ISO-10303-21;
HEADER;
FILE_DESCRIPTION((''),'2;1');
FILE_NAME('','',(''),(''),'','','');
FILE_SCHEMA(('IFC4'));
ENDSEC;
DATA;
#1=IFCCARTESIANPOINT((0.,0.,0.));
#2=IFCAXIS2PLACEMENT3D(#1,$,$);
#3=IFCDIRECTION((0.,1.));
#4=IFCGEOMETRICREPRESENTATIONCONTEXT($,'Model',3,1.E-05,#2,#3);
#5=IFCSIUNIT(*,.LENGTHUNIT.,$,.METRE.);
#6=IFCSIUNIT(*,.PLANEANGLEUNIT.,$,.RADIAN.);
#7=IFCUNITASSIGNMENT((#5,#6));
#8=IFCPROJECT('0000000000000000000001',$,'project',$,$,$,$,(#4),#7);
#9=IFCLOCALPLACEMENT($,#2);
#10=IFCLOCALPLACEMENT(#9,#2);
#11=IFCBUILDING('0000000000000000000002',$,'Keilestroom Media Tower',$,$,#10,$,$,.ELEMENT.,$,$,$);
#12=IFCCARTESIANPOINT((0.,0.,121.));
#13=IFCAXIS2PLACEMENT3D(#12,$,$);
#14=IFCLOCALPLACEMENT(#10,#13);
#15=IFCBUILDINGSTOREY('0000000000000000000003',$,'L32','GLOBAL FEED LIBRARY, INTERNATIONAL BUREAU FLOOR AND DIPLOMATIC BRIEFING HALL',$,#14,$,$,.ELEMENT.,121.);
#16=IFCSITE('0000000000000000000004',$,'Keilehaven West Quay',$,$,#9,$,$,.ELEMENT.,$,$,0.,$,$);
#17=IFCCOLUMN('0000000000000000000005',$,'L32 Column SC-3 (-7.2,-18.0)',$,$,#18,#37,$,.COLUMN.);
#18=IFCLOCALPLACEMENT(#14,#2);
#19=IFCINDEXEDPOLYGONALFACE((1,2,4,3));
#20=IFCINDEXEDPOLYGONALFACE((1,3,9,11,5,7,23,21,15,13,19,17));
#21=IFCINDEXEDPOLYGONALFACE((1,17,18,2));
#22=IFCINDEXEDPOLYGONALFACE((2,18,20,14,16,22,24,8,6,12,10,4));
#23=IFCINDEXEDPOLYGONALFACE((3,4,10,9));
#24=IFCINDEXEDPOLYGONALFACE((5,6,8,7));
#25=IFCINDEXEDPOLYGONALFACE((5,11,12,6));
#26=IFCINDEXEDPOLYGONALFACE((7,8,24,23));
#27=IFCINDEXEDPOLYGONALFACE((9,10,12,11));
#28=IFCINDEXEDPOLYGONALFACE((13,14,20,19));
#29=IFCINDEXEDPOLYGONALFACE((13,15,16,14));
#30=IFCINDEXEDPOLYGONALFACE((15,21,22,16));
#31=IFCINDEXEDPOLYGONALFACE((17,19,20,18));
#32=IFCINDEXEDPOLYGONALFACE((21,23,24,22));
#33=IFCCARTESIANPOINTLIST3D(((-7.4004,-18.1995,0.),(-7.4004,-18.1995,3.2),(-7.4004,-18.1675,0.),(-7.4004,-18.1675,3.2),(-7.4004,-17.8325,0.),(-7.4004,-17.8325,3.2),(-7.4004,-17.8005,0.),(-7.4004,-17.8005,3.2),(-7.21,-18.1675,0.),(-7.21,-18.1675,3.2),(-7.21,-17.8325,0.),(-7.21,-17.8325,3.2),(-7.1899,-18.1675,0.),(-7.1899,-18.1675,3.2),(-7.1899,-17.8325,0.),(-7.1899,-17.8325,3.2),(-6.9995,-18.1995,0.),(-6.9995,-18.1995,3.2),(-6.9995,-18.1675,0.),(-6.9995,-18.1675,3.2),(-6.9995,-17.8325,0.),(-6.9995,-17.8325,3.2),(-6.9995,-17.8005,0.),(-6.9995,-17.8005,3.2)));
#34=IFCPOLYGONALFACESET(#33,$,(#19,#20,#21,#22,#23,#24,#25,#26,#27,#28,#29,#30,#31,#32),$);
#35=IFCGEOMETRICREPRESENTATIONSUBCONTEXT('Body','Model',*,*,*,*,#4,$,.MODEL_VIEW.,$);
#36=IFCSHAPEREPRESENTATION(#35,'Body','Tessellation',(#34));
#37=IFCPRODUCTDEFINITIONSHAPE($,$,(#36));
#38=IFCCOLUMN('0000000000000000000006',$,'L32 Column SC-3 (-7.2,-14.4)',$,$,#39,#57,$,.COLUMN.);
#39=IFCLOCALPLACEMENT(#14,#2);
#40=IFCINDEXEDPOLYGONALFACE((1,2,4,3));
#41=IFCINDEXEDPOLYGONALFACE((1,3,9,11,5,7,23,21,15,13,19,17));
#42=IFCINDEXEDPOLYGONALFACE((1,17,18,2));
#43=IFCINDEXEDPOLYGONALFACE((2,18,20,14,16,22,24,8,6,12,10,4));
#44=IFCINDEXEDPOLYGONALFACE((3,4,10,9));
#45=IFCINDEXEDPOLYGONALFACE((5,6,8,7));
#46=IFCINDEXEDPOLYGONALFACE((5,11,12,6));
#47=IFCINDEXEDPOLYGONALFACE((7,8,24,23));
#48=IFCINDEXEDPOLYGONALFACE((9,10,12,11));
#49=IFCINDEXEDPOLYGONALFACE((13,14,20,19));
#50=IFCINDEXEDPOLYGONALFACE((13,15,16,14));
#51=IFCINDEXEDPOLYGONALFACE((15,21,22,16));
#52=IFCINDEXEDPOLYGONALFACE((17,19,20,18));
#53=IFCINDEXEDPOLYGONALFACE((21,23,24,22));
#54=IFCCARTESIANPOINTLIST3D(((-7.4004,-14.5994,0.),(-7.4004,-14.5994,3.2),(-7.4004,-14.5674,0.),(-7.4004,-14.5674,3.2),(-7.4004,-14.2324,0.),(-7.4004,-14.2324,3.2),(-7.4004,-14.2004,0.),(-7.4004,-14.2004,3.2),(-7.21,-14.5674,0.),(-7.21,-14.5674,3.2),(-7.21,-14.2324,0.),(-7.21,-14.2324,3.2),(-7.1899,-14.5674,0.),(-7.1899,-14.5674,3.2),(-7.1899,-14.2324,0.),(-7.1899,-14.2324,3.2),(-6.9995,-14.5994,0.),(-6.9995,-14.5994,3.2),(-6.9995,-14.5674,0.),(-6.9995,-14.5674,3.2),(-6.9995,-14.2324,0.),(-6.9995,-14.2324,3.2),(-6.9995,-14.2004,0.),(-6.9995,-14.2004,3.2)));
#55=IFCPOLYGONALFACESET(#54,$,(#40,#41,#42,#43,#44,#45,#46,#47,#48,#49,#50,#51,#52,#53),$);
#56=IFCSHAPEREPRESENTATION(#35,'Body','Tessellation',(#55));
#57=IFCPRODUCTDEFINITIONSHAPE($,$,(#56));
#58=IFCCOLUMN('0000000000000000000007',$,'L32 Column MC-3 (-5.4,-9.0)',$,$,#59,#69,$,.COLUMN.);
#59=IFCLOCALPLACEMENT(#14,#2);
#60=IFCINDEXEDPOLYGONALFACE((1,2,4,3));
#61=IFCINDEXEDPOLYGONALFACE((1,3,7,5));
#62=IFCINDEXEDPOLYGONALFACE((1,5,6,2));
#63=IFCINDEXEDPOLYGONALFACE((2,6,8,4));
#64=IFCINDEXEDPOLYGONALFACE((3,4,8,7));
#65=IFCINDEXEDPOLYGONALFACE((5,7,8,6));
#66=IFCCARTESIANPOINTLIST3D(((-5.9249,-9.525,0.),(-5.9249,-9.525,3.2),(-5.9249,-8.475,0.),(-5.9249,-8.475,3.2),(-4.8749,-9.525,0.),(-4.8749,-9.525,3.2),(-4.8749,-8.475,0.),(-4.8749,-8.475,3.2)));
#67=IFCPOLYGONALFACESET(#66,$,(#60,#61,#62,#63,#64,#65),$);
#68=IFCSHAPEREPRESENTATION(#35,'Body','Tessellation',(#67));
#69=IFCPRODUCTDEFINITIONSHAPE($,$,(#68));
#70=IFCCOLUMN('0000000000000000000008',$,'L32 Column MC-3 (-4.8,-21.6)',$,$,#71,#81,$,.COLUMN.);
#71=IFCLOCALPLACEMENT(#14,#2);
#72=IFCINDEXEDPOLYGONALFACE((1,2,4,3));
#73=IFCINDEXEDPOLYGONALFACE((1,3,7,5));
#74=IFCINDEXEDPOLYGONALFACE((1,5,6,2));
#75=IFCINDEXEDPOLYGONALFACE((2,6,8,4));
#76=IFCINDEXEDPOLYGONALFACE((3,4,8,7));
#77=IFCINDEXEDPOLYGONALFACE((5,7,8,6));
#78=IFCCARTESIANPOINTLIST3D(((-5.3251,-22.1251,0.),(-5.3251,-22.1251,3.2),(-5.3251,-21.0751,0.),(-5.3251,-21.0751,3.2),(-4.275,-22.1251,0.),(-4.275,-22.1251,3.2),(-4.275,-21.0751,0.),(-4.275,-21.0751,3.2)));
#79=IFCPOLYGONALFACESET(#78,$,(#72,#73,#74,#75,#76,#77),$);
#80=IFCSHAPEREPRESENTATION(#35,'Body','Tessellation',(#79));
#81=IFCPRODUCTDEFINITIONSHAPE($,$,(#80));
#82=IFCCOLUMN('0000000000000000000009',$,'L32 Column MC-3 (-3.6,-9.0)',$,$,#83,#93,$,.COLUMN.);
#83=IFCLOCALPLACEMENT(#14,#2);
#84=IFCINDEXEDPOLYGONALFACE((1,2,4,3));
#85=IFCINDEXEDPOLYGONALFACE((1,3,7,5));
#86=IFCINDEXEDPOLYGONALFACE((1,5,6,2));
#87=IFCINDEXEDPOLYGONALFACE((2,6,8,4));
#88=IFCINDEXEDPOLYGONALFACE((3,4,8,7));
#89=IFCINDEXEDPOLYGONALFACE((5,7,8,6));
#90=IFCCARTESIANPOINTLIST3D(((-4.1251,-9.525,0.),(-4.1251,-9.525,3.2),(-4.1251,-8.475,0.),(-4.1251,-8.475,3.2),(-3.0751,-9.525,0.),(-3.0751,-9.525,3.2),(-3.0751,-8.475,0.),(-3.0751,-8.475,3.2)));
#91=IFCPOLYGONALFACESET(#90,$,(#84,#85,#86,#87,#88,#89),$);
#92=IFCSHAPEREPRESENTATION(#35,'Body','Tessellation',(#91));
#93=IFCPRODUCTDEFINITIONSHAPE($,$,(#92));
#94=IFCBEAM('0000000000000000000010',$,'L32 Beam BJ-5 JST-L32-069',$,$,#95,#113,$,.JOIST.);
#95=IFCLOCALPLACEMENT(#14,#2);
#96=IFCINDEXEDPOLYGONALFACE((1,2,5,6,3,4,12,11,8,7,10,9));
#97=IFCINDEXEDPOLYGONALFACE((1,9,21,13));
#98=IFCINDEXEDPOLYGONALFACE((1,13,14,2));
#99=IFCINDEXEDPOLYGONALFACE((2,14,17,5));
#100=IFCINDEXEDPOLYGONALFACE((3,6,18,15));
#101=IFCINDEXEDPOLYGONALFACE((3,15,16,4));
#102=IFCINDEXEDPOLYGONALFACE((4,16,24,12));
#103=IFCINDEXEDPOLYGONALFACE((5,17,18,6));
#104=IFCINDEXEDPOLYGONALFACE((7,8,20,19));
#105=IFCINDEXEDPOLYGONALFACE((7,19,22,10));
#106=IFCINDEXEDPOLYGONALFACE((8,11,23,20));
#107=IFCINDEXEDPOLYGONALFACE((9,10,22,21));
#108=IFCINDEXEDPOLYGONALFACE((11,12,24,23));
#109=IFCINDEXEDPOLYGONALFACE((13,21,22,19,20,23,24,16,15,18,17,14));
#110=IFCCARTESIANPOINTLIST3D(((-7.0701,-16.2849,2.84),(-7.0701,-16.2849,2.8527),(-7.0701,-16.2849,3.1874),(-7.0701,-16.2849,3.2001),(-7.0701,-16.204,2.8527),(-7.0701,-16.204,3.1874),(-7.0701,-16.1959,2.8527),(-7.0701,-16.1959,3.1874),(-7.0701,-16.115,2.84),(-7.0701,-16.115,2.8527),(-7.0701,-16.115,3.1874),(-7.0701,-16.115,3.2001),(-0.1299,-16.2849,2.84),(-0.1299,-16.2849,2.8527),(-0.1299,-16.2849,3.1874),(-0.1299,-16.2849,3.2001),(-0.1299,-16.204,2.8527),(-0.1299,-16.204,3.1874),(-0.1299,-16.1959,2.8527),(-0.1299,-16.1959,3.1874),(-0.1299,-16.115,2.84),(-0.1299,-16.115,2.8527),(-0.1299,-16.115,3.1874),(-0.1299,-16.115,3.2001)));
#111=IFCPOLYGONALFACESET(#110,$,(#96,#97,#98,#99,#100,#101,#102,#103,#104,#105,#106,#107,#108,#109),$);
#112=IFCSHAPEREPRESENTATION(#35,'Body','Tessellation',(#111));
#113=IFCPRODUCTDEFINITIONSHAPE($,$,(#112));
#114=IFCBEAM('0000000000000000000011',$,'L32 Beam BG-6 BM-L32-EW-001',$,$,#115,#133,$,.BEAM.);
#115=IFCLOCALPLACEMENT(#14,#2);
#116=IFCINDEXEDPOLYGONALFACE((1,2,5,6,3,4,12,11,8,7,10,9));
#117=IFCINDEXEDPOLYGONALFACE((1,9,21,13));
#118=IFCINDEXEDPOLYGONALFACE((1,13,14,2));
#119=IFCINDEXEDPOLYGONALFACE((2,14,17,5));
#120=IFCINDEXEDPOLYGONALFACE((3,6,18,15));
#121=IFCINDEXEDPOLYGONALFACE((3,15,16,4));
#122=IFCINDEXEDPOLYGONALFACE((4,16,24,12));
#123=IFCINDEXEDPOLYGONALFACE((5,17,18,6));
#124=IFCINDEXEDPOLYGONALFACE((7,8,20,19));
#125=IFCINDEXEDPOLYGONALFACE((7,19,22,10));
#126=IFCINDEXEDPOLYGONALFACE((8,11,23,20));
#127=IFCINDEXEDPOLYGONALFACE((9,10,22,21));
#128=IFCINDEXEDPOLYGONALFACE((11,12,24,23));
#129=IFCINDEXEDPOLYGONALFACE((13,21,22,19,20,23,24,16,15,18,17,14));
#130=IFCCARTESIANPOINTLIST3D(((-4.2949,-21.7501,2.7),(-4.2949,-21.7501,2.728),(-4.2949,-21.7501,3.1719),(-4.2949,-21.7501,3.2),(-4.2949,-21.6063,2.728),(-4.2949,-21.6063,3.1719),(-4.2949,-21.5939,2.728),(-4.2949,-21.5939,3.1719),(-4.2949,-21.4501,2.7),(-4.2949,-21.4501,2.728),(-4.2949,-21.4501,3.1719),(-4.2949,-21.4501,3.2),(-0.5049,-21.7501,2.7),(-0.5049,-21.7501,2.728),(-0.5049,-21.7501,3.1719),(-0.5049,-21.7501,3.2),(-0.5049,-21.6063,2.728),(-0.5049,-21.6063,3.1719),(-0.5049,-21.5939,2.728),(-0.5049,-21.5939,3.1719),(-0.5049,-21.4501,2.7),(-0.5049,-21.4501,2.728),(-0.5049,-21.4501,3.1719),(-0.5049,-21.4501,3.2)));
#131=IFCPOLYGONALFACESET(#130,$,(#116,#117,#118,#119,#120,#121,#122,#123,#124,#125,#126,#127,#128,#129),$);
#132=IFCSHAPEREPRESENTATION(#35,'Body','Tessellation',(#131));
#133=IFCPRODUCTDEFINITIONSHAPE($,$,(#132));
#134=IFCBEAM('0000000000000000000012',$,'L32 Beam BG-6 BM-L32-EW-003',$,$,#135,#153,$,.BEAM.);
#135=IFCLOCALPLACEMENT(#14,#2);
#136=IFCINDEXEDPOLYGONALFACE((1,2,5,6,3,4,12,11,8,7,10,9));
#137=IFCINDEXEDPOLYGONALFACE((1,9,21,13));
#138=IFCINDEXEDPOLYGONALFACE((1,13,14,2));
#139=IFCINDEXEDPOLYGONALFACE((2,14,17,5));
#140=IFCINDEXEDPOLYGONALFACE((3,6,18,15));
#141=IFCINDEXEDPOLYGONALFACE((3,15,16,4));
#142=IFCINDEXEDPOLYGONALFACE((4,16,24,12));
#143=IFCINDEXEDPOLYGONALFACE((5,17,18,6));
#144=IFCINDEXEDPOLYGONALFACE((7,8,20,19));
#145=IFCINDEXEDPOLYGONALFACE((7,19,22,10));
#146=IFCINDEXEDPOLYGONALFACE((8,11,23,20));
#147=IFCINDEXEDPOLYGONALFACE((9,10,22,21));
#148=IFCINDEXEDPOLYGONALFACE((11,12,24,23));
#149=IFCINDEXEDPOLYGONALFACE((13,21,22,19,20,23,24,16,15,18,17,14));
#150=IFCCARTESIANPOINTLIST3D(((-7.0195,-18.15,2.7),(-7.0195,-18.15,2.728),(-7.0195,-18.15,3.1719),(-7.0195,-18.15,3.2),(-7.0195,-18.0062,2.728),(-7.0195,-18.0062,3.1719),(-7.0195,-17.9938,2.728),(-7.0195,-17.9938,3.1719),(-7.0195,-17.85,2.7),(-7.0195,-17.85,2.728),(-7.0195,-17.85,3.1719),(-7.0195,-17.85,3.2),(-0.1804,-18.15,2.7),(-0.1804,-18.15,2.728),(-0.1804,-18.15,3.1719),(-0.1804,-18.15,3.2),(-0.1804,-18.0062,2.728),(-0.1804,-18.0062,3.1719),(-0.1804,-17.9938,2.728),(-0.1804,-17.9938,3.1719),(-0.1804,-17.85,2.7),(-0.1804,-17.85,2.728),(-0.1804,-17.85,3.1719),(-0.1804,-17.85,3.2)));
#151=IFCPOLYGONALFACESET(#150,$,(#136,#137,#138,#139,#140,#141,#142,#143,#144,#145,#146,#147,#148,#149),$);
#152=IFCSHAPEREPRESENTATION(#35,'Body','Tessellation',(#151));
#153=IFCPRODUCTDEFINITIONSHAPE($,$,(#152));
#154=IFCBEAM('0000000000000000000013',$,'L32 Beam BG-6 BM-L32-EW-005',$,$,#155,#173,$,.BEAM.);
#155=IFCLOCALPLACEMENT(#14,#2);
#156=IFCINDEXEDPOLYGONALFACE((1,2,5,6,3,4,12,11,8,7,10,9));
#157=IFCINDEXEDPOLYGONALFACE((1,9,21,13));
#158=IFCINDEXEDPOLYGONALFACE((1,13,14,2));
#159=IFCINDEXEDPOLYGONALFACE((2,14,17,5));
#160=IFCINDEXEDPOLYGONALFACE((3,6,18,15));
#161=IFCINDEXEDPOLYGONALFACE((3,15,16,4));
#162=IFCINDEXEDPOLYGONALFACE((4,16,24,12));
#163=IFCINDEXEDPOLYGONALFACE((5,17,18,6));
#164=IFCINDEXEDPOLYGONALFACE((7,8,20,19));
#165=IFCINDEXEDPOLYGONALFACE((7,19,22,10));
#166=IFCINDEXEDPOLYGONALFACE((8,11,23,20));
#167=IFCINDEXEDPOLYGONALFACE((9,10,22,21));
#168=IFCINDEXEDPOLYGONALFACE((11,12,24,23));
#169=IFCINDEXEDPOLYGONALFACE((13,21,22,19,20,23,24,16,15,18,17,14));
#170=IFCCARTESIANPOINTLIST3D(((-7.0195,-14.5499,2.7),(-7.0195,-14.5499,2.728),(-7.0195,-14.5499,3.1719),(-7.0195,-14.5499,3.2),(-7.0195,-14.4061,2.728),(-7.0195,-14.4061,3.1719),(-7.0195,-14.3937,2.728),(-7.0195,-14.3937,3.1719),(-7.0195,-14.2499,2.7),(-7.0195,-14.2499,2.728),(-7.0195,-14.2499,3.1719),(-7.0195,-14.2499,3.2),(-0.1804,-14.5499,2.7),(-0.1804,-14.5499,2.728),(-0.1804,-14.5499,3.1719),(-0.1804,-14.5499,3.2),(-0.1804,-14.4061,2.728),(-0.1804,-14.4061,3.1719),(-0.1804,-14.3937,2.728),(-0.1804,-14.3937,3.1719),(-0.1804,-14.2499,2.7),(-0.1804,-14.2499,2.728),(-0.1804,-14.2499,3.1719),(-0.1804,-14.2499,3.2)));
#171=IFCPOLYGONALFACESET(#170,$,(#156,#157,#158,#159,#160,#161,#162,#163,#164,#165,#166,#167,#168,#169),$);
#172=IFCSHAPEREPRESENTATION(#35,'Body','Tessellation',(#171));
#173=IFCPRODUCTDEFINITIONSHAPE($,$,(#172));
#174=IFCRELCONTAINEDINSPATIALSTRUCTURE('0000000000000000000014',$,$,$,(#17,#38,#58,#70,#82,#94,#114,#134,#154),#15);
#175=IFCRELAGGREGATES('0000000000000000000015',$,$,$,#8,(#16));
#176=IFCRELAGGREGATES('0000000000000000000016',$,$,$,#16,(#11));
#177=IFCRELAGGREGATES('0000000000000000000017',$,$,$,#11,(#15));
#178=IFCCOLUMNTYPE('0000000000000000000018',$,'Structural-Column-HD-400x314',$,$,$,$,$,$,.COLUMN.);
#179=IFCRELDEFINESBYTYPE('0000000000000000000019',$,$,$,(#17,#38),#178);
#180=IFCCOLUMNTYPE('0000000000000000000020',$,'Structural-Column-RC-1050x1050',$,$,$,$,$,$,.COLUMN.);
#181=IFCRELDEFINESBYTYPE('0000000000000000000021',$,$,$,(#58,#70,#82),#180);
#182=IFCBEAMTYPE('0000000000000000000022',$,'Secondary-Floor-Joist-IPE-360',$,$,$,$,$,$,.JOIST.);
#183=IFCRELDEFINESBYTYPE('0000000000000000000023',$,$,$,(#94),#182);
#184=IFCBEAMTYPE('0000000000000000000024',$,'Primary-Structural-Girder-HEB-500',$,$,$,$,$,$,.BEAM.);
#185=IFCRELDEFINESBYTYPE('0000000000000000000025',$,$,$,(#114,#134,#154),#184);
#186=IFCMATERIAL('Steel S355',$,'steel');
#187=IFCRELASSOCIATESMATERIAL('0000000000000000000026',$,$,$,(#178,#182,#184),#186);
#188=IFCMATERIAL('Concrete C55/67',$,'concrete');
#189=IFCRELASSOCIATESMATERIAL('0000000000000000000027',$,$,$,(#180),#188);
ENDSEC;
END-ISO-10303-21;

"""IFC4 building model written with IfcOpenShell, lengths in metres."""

from ifc_helpers import new_model, si_unit, direction, frame, origin, origin_2d, place, context, subcontext, project, spatial, rectangle, i_section, extrude, source, transform, mapped, material, material_profile, profile_set, type_object, element, save


model = new_model("IFC4")

# Units and contexts
model_context = context("Model", 3, precision=1e-05, world=origin(), true_north=direction((0.0, 1.0)))
body_context = subcontext(model_context, "Body", "Model", "MODEL_VIEW")
ifc_project = project(units=[si_unit("LENGTHUNIT", "METRE"), si_unit("PLANEANGLEUNIT", "RADIAN")], contexts=[model_context])

# Site, building, storey
site_placement = place(None, origin())
site = spatial("IfcSite", under=ifc_project, at=site_placement, Name="Keilehaven West Quay", CompositionType="ELEMENT", RefElevation=0.0)
building_placement = place(site_placement, origin())
building = spatial("IfcBuilding", under=site, at=building_placement, Name="Keilestroom Media Tower", CompositionType="ELEMENT")
storey_placement = place(building_placement, frame((0.0, 0.0, 121.0)))
storey = spatial("IfcBuildingStorey", under=building, at=storey_placement, Name="L32", Description="GLOBAL FEED LIBRARY, INTERNATIONAL BUREAU FLOOR AND DIPLOMATIC BRIEFING HALL", CompositionType="ELEMENT", Elevation=121.0)

# Columns
ifc_material_1 = material(Name="Steel S355", Category="steel")
ifc_material_profile_1 = material_profile(ifc_material_1, i_section(OverallWidth=0.4009, OverallDepth=0.3989, WebThickness=0.02, FlangeThickness=0.032, at=origin_2d()), Name="HD 400x314")
ifc_profile_set_1 = profile_set([ifc_material_profile_1], Name="Steel S355")
column_type_1 = type_object("IfcColumnType", Name="Structural-Column-HD-400x314", PredefinedType="COLUMN", material=ifc_profile_set_1)
shared_shape_1 = source(origin(), body_context, "Body", "SweptSolid", [
    extrude(i_section(OverallWidth=0.4009, OverallDepth=0.3989, WebThickness=0.02, FlangeThickness=0.032, at=origin_2d()), origin(), (0.0, 0.0, 1.0), 3.2),
])
for number, where, z_axis, x_axis, name in (
    (1, (-7.2, -18.0, 0.0), (0.0, 0.0, 1.0), (1.0, 0.0, 0.0), "L32 Column SC-3 (-7.2,-18.0)"),
    (2, (-7.2, -14.3999, 0.0), (0.0, 0.0, 1.0), (1.0, 0.0, 0.0), "L32 Column SC-3 (-7.2,-14.4)"),
):
    element("IfcColumn", number, at=place(storey_placement, frame(where, z_axis=z_axis, x_axis=x_axis)), inside=storey, type_object=column_type_1, Name=name, PredefinedType="COLUMN", context=body_context, shape_type="MappedRepresentation", body=[
        mapped(shared_shape_1, transform((0.0, 0.0, 0.0), x_axis=(1.0, 0.0, 0.0), y_axis=(0.0, 1.0, 0.0), z_axis=(0.0, 0.0, 1.0), scale=1.0)),
    ])
ifc_material_2 = material(Name="Concrete C55/67", Category="concrete")
ifc_material_profile_2 = material_profile(ifc_material_2, rectangle(XDim=1.05, YDim=1.05, at=origin_2d()), Name="RC 1050x1050")
ifc_profile_set_2 = profile_set([ifc_material_profile_2], Name="Concrete C55/67")
column_type_2 = type_object("IfcColumnType", Name="Structural-Column-RC-1050x1050", PredefinedType="COLUMN", material=ifc_profile_set_2)
shared_shape_2 = source(origin(), body_context, "Body", "SweptSolid", [
    extrude(rectangle(XDim=1.05, YDim=1.05, at=origin_2d()), origin(), (0.0, 0.0, 1.0), 3.2),
])
for number, where, z_axis, x_axis, name in (
    (3, (-5.3999, -9.0, 0.0), (0.0, 0.0, 1.0), (1.0, 0.0, 0.0), "L32 Column MC-3 (-5.4,-9.0)"),
    (4, (-4.8, -21.6001, 0.0), (0.0, 0.0, 1.0), (1.0, 0.0, 0.0), "L32 Column MC-3 (-4.8,-21.6)"),
    (5, (-3.6001, -9.0, 0.0), (0.0, 0.0, 1.0), (1.0, 0.0, 0.0), "L32 Column MC-3 (-3.6,-9.0)"),
):
    element("IfcColumn", number, at=place(storey_placement, frame(where, z_axis=z_axis, x_axis=x_axis)), inside=storey, type_object=column_type_2, Name=name, PredefinedType="COLUMN", context=body_context, shape_type="MappedRepresentation", body=[
        mapped(shared_shape_2, transform((0.0, 0.0, 0.0), x_axis=(1.0, 0.0, 0.0), y_axis=(0.0, 1.0, 0.0), z_axis=(0.0, 0.0, 1.0), scale=1.0)),
    ])

# Beams
ifc_material_profile_3 = material_profile(ifc_material_1, i_section(OverallWidth=0.1699, OverallDepth=0.3601, WebThickness=0.0081, FlangeThickness=0.0127, at=origin_2d()), Name="IPE 360")
ifc_profile_set_3 = profile_set([ifc_material_profile_3], Name="Steel S355")
beam_type_1 = type_object("IfcBeamType", Name="Secondary-Floor-Joist-IPE-360", PredefinedType="JOIST", material=ifc_profile_set_3)
shared_shape_3 = source(origin(), body_context, "Body", "SweptSolid", [
    extrude(i_section(OverallWidth=0.1699, OverallDepth=0.3601, WebThickness=0.0081, FlangeThickness=0.0127, at=origin_2d()), origin(), (0.0, 0.0, 1.0), 6.9402),
])
beam_1_placement = place(storey_placement, frame((-7.0701, -16.2, 3.02), z_axis=(1.0, 0.0, 0.0), x_axis=(0.0, 1.0, 0.0)))
element("IfcBeam", 6, at=beam_1_placement, inside=storey, type_object=beam_type_1, Name="L32 Beam BJ-5 JST-L32-069", PredefinedType="JOIST", context=body_context, shape_type="MappedRepresentation", body=[
    mapped(shared_shape_3, transform((0.0, 0.0, 0.0), x_axis=(1.0, 0.0, 0.0), y_axis=(0.0, 1.0, 0.0), z_axis=(0.0, 0.0, 1.0), scale=1.0)),
])
ifc_material_profile_4 = material_profile(ifc_material_1, i_section(OverallWidth=0.3, OverallDepth=0.5, WebThickness=0.0125, FlangeThickness=0.0281, at=origin_2d()), Name="HEB 500")
ifc_profile_set_4 = profile_set([ifc_material_profile_4], Name="Steel S355")
beam_type_2 = type_object("IfcBeamType", Name="Primary-Structural-Girder-HEB-500", PredefinedType="BEAM", material=ifc_profile_set_4)
shared_shape_4 = source(origin(), body_context, "Body", "SweptSolid", [
    extrude(i_section(OverallWidth=0.3, OverallDepth=0.5, WebThickness=0.0125, FlangeThickness=0.0281, at=origin_2d()), origin(), (0.0, 0.0, 1.0), 3.79),
])
beam_2_placement = place(storey_placement, frame((-4.2949, -21.6001, 2.95), z_axis=(1.0, 0.0, 0.0), x_axis=(0.0, 1.0, 0.0)))
element("IfcBeam", 7, at=beam_2_placement, inside=storey, type_object=beam_type_2, Name="L32 Beam BG-6 BM-L32-EW-001", PredefinedType="BEAM", context=body_context, shape_type="MappedRepresentation", body=[
    mapped(shared_shape_4, transform((0.0, 0.0, 0.0), x_axis=(1.0, 0.0, 0.0), y_axis=(0.0, 1.0, 0.0), z_axis=(0.0, 0.0, 1.0), scale=1.0)),
])
shared_shape_5 = source(origin(), body_context, "Body", "SweptSolid", [
    extrude(i_section(OverallWidth=0.3, OverallDepth=0.5, WebThickness=0.0125, FlangeThickness=0.0281, at=origin_2d()), origin(), (0.0, 0.0, 1.0), 6.8391),
])
for number, where, z_axis, x_axis, name in (
    (8, (-7.0195, -18.0, 2.95), (1.0, 0.0, 0.0), (0.0, 1.0, 0.0), "L32 Beam BG-6 BM-L32-EW-003"),
    (9, (-7.0195, -14.3999, 2.95), (1.0, 0.0, 0.0), (0.0, 1.0, 0.0), "L32 Beam BG-6 BM-L32-EW-005"),
):
    element("IfcBeam", number, at=place(storey_placement, frame(where, z_axis=z_axis, x_axis=x_axis)), inside=storey, type_object=beam_type_2, Name=name, PredefinedType="BEAM", context=body_context, shape_type="MappedRepresentation", body=[
        mapped(shared_shape_5, transform((0.0, 0.0, 0.0), x_axis=(1.0, 0.0, 0.0), y_axis=(0.0, 1.0, 0.0), z_axis=(0.0, 0.0, 1.0), scale=1.0)),
    ])

save(model, "model.ifc")
